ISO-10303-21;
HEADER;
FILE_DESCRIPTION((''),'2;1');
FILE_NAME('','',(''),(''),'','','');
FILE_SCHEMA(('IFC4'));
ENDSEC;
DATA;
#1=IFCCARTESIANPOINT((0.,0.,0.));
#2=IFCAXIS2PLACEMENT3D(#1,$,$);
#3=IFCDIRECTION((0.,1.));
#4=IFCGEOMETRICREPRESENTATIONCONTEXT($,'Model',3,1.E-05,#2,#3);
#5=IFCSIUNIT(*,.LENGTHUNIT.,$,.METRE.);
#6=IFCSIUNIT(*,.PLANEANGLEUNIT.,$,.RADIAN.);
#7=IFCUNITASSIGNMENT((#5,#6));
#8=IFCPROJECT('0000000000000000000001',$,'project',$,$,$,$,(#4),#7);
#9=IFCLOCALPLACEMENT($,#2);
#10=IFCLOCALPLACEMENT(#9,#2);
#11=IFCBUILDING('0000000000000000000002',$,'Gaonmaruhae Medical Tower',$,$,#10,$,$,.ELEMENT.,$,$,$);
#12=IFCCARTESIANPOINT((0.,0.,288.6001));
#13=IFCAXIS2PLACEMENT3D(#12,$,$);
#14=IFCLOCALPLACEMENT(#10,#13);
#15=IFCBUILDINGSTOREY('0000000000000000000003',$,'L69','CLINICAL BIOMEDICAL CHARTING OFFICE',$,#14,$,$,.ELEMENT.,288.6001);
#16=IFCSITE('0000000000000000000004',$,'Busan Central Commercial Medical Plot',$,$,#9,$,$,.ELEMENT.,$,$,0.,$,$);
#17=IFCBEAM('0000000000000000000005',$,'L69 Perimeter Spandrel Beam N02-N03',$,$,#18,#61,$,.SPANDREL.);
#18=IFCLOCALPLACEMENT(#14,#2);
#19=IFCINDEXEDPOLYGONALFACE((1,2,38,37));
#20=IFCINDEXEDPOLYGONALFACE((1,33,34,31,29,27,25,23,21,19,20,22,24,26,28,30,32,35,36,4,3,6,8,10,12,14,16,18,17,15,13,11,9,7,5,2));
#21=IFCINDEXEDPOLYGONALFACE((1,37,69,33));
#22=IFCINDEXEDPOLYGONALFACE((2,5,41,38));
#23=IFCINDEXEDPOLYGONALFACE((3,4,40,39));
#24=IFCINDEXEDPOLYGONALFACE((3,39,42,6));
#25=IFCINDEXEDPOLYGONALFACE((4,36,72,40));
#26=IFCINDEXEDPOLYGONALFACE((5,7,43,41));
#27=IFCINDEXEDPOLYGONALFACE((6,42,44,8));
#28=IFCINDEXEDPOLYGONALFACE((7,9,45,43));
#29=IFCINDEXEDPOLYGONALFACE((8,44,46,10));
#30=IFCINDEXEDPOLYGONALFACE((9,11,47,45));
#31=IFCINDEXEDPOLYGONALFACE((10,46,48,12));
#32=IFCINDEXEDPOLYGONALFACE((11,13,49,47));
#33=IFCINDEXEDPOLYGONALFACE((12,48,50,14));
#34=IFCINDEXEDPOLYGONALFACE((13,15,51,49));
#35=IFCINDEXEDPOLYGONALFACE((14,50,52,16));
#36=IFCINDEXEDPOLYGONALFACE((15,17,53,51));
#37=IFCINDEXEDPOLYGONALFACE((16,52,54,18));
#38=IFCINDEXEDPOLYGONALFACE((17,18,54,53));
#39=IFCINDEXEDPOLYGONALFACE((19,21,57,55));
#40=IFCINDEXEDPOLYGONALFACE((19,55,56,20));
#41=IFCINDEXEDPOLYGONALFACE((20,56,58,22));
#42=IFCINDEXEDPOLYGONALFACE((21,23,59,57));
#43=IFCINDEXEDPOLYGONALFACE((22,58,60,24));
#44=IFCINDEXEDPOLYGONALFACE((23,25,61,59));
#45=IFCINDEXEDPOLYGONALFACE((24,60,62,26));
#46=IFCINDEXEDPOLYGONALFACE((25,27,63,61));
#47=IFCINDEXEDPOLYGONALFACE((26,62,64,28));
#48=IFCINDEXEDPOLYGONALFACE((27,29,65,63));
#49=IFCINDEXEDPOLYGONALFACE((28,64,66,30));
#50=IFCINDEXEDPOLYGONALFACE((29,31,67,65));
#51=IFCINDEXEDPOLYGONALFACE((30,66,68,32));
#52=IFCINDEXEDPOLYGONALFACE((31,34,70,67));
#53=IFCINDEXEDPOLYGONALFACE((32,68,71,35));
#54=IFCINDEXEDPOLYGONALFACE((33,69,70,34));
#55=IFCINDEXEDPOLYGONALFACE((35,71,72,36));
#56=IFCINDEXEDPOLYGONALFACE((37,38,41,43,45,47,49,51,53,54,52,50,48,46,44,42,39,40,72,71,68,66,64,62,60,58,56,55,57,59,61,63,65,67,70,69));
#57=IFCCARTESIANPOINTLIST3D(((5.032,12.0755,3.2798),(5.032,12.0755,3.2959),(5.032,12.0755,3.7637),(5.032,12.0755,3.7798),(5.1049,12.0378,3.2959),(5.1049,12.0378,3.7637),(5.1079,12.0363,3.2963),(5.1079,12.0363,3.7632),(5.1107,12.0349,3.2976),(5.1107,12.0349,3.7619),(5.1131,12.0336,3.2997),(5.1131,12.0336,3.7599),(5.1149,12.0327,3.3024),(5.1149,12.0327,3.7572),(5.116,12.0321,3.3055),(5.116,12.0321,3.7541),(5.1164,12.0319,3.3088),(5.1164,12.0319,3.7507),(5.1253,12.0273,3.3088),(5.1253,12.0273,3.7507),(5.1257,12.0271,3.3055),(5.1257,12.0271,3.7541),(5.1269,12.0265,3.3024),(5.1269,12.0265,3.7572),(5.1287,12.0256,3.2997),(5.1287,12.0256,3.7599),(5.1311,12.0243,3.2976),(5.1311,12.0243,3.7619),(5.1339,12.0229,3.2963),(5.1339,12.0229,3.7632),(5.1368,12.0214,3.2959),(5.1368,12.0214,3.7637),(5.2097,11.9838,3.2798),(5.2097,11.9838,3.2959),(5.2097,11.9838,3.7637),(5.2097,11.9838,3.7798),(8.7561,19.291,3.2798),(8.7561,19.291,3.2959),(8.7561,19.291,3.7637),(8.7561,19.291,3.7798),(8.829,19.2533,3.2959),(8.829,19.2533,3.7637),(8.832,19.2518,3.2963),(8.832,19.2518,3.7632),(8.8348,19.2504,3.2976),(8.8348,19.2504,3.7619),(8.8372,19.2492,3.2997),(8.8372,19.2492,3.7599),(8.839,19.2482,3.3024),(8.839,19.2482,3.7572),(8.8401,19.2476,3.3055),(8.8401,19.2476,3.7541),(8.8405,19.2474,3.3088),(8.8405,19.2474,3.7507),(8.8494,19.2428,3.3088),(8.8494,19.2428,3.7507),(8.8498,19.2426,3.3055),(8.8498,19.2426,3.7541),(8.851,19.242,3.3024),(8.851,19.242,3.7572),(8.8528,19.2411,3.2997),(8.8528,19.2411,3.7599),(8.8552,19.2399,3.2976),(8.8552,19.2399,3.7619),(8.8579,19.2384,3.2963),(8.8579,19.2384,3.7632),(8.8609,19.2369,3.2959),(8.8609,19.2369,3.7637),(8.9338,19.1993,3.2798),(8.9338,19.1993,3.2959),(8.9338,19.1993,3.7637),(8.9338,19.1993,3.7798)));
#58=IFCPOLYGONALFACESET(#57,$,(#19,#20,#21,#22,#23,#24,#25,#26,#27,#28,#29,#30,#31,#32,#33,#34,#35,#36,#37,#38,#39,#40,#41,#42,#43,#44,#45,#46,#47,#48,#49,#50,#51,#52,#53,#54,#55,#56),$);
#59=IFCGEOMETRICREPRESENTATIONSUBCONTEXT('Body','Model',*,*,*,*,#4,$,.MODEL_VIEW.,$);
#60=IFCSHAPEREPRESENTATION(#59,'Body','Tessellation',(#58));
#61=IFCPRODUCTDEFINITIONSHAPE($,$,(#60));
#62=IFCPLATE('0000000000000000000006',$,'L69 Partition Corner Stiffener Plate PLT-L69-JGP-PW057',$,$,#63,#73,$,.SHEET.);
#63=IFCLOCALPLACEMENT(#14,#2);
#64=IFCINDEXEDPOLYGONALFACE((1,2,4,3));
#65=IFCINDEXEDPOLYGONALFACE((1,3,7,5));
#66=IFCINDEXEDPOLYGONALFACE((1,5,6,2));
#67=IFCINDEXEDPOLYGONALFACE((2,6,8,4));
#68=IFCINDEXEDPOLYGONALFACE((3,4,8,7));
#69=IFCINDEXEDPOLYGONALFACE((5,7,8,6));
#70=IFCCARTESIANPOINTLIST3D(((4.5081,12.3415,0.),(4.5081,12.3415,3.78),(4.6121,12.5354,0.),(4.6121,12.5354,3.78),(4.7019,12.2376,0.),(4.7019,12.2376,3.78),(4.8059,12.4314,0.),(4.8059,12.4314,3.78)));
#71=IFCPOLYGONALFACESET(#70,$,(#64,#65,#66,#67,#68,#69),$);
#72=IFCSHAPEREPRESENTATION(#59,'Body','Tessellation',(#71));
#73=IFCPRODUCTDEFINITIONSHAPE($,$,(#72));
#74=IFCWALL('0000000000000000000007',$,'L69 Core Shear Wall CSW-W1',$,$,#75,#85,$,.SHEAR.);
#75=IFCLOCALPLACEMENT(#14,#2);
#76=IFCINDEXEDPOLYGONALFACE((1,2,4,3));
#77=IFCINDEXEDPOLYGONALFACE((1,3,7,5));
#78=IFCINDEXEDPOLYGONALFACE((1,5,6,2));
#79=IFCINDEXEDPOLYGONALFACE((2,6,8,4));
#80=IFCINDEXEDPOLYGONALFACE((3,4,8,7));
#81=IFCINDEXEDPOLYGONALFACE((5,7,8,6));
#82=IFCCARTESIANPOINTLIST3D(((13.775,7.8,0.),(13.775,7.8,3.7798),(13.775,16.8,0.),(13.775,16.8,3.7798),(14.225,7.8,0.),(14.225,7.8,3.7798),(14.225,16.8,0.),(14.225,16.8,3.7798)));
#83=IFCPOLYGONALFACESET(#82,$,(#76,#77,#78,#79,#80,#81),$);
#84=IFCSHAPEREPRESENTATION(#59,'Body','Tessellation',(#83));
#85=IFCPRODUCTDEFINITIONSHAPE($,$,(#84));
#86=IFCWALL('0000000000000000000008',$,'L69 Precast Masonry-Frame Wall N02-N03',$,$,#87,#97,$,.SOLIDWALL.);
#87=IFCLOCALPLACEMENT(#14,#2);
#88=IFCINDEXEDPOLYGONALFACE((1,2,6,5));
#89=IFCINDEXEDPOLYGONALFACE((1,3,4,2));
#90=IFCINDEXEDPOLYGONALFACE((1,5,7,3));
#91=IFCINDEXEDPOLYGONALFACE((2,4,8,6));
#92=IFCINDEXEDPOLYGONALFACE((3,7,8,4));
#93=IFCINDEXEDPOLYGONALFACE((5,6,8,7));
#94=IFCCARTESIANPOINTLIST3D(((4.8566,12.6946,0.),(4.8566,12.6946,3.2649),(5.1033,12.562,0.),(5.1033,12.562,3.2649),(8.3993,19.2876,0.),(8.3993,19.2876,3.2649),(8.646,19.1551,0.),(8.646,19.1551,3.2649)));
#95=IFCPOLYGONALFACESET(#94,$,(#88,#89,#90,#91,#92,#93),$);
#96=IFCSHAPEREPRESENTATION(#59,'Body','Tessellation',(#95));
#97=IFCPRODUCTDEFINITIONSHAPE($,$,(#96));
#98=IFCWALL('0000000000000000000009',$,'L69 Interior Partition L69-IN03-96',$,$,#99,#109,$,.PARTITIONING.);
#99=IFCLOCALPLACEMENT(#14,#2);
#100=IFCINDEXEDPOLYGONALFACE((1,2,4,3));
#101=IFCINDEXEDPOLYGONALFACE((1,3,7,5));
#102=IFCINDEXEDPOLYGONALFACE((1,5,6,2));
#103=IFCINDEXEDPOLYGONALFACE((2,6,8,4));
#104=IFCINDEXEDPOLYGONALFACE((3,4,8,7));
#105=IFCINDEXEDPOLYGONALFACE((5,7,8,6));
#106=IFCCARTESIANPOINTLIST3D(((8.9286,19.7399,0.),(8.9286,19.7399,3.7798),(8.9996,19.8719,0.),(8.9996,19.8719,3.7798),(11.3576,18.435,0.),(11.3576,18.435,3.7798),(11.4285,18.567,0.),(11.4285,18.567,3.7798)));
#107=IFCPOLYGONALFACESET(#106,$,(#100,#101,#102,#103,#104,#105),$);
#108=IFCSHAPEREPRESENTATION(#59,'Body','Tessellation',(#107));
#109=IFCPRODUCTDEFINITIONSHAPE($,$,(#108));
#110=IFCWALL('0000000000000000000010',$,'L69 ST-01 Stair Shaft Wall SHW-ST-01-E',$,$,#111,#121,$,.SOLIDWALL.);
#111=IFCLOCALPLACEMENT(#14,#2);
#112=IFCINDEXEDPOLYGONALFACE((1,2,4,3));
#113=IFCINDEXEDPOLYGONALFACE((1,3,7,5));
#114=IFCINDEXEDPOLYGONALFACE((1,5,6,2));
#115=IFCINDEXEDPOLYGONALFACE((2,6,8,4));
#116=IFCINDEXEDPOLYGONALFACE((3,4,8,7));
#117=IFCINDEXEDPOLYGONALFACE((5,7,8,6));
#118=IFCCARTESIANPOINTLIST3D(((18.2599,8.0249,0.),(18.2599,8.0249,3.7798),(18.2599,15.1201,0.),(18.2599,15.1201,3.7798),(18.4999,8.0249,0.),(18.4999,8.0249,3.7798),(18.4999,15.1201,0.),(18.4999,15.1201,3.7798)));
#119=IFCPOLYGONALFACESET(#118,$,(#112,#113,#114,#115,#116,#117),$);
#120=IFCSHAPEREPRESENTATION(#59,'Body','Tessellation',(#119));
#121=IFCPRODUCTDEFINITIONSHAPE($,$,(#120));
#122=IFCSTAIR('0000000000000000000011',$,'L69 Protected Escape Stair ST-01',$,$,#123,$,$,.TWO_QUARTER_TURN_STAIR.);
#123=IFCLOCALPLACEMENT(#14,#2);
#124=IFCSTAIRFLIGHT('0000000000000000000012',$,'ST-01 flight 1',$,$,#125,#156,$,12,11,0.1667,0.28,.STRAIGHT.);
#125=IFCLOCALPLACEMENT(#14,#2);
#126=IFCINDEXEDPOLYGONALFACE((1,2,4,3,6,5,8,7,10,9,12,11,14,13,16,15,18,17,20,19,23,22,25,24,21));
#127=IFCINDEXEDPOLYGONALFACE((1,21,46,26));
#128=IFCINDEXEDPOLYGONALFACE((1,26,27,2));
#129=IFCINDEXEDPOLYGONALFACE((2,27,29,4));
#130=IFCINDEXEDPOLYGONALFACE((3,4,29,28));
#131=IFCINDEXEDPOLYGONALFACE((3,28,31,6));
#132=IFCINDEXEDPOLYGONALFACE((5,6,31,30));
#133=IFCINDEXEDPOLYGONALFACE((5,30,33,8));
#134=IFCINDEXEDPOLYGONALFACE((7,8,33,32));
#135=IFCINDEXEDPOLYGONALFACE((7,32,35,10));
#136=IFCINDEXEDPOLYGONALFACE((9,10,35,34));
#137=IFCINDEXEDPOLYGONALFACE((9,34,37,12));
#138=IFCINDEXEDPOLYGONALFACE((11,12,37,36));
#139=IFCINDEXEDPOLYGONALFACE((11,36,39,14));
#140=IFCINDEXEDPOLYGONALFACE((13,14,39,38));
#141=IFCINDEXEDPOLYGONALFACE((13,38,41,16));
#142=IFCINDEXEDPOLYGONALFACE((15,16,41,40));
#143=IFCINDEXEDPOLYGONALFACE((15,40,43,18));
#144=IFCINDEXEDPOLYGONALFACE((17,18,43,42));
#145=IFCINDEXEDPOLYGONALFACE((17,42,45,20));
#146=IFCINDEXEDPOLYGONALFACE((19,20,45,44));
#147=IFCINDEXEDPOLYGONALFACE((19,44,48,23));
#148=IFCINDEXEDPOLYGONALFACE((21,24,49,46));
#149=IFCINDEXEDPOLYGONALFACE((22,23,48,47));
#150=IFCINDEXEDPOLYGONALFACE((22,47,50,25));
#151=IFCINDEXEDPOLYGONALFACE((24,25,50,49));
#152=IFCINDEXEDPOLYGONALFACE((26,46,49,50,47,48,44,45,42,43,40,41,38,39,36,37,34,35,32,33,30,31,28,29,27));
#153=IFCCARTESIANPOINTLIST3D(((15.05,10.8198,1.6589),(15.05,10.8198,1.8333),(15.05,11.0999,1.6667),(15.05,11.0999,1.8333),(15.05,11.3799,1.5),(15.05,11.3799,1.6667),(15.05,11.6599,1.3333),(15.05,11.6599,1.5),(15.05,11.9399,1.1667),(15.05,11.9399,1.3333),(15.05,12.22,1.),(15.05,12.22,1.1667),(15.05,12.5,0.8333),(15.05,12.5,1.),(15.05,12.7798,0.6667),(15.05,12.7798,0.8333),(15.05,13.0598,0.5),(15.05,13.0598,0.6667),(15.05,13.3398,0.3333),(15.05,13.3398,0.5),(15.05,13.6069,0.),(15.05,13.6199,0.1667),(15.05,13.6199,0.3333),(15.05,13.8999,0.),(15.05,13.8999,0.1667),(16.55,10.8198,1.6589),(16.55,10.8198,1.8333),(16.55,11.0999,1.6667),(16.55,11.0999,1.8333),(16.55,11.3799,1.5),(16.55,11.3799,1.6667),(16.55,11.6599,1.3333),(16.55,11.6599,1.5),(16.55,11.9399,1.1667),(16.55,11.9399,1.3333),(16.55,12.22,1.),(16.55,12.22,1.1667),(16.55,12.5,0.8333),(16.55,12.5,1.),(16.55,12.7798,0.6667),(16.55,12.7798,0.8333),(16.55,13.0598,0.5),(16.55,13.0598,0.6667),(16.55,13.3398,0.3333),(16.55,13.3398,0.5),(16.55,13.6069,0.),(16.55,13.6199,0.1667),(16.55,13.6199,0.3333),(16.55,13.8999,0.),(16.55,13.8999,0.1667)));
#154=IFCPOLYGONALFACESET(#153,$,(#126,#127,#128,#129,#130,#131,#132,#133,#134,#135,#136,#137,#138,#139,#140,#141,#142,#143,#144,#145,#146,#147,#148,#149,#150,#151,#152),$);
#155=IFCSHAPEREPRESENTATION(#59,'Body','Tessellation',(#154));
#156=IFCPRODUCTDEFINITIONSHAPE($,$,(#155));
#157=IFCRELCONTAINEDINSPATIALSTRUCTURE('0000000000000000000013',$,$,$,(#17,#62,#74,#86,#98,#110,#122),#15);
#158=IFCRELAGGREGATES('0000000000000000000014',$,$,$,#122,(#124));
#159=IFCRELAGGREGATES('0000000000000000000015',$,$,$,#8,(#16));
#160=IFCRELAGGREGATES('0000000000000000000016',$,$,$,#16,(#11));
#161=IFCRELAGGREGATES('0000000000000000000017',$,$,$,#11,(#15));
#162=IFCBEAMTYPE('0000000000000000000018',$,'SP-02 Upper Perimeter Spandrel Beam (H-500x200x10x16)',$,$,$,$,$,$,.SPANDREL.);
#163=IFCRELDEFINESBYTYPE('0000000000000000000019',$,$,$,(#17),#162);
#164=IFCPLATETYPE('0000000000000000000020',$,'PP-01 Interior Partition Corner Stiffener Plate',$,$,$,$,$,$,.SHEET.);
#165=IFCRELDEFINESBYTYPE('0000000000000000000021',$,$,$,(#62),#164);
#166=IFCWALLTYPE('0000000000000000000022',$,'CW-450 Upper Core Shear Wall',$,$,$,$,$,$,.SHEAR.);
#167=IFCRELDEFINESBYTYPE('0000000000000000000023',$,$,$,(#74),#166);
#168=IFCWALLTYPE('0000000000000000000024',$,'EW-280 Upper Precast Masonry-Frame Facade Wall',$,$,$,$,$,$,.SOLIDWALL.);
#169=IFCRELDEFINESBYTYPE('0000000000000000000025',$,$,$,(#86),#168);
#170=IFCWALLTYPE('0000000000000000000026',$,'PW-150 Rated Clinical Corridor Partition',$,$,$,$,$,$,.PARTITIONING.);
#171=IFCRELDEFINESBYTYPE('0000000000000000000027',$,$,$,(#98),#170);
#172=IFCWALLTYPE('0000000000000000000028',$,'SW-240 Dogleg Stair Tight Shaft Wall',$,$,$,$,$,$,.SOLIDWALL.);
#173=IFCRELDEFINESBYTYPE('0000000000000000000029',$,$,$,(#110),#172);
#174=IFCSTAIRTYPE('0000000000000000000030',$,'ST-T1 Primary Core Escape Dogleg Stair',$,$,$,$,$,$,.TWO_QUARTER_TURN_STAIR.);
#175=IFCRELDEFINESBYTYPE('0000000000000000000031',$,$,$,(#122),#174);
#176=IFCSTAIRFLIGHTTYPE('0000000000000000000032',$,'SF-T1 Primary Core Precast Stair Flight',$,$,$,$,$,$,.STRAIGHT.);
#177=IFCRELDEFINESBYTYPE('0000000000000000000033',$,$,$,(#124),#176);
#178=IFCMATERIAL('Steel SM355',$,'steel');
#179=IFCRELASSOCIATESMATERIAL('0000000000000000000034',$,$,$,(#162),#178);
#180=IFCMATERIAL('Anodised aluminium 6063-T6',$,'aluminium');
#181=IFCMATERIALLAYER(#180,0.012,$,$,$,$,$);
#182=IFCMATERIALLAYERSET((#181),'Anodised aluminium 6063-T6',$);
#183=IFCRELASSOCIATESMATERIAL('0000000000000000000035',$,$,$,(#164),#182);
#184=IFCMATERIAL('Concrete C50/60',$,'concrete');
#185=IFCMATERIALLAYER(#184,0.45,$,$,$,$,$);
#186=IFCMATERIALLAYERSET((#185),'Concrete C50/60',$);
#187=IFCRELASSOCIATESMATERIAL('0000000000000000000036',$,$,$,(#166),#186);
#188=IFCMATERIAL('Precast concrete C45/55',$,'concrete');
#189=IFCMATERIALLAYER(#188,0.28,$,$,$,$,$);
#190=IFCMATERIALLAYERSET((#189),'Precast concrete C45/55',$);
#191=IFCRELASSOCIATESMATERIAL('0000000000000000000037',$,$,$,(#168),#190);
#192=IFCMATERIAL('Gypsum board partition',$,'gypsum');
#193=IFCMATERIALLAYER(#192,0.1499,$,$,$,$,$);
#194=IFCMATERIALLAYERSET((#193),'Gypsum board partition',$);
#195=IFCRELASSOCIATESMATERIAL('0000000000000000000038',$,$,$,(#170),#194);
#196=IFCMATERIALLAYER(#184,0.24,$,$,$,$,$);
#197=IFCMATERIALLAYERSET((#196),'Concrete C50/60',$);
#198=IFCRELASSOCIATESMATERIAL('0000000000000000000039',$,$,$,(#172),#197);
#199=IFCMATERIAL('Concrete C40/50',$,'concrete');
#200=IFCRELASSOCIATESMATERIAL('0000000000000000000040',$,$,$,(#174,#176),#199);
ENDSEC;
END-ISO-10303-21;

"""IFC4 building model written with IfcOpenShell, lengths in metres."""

from ifc_helpers import new_model, si_unit, direction, frame, frame_2d, origin, origin_2d, place, context, subcontext, project, spatial, polyline, rectangle, i_section, outline, extrude, material, layer, layer_set, material_profile, profile_set, type_object, element, aggregate, save


model = new_model("IFC4")

# Units and contexts
model_context = context("Model", 3, precision=1e-05, world=origin(), true_north=direction((0.0, 1.0)))
body_context = subcontext(model_context, "Body", "Model", "MODEL_VIEW")
ifc_project = project(units=[si_unit("LENGTHUNIT", "METRE"), si_unit("PLANEANGLEUNIT", "RADIAN")], contexts=[model_context])

# Site, building, storey
site_placement = place(None, origin())
site = spatial("IfcSite", under=ifc_project, at=site_placement, Name="Busan Central Commercial Medical Plot", CompositionType="ELEMENT", RefElevation=0.0)
building_placement = place(site_placement, origin())
building = spatial("IfcBuilding", under=site, at=building_placement, Name="Gaonmaruhae Medical Tower", CompositionType="ELEMENT")
storey_placement = place(building_placement, frame((0.0, 0.0, 288.6001)))
storey = spatial("IfcBuildingStorey", under=building, at=storey_placement, Name="L69", Description="CLINICAL BIOMEDICAL CHARTING OFFICE", CompositionType="ELEMENT", Elevation=288.6001)

# Shared definitions
ifc_material_1 = material(Name="Concrete C50/60", Category="concrete")

# Beam
ifc_material_2 = material(Name="Steel SM355", Category="steel")
ifc_material_profile_1 = material_profile(ifc_material_2, i_section(OverallWidth=0.2, OverallDepth=0.5, WebThickness=0.01, FlangeThickness=0.0161, FilletRadius=0.0129, at=origin_2d()), Name="H-500x200x10x16")
ifc_profile_set_1 = profile_set([ifc_material_profile_1], Name="Steel SM355")
beam_type_1 = type_object("IfcBeamType", Name="SP-02 Upper Perimeter Spandrel Beam (H-500x200x10x16)", PredefinedType="SPANDREL", material=ifc_profile_set_1)
beam_1_placement = place(storey_placement, frame((8.845, 19.2451, 3.5298), z_axis=(-0.458638, -0.888623, 0.0), x_axis=(0.888623, -0.458638, 0.0)))
element("IfcBeam", 1, at=beam_1_placement, inside=storey, type_object=beam_type_1, Name="L69 Perimeter Spandrel Beam N02-N03", PredefinedType="SPANDREL", context=body_context, shape_type="SweptSolid", body=[
    extrude(i_section(OverallWidth=0.2, OverallDepth=0.5, WebThickness=0.01, FlangeThickness=0.0161, FilletRadius=0.0129, at=origin_2d()), origin(), (0.0, 0.0, 1.0), 8.1199),
])

# Plate
ifc_material_3 = material(Name="Anodised aluminium 6063-T6", Category="aluminium")
ifc_layer_1 = layer(ifc_material_3, 0.012)
ifc_layer_set_1 = layer_set([ifc_layer_1], Name="Anodised aluminium 6063-T6")
plate_type = type_object("IfcPlateType", Name="PP-01 Interior Partition Corner Stiffener Plate", PredefinedType="SHEET", material=ifc_layer_set_1)
plate_placement = place(storey_placement, frame((4.657, 12.3865, 0.0), z_axis=(0.0, 0.0, 1.0), x_axis=(0.47272, 0.881213, 0.0)))
element("IfcPlate", 2, at=plate_placement, inside=storey, type_object=plate_type, Name="L69 Partition Corner Stiffener Plate PLT-L69-JGP-PW057", PredefinedType="SHEET", context=body_context, shape_type="SweptSolid", body=[
    extrude(rectangle(XDim=0.22, YDim=0.22, at=origin_2d()), origin(), (0.0, 0.0, 1.0), 3.78),
])

# Walls
ifc_layer_2 = layer(ifc_material_1, 0.45)
ifc_layer_set_2 = layer_set([ifc_layer_2], Name="Concrete C50/60")
wall_type_1 = type_object("IfcWallType", Name="CW-450 Upper Core Shear Wall", PredefinedType="SHEAR", material=ifc_layer_set_2)
wall_1_placement = place(storey_placement, frame((14.0, 16.8, 0.0), z_axis=(0.0, 0.0, 1.0), x_axis=(0.0, -1.0, 0.0)))
element("IfcWall", 3, at=wall_1_placement, inside=storey, type_object=wall_type_1, Name="L69 Core Shear Wall CSW-W1", PredefinedType="SHEAR", context=body_context, shape_type="SweptSolid", body=[
    extrude(rectangle(XDim=9.0, YDim=0.45, at=frame_2d((4.5, 0.0))), origin(), (0.0, 0.0, 1.0), 3.7798),
])
ifc_material_4 = material(Name="Precast concrete C45/55", Category="concrete")
ifc_layer_3 = layer(ifc_material_4, 0.28)
ifc_layer_set_3 = layer_set([ifc_layer_3], Name="Precast concrete C45/55")
wall_type_2 = type_object("IfcWallType", Name="EW-280 Upper Precast Masonry-Frame Facade Wall", PredefinedType="SOLIDWALL", material=ifc_layer_set_3)
wall_2_placement = place(storey_placement, frame((4.98, 12.6284, 0.0), z_axis=(0.0, 0.0, 1.0), x_axis=(0.473337, 0.880881, 0.0)))
element("IfcWall", 4, at=wall_2_placement, inside=storey, type_object=wall_type_2, Name="L69 Precast Masonry-Frame Wall N02-N03", PredefinedType="SOLIDWALL", context=body_context, shape_type="SweptSolid", body=[
    extrude(rectangle(XDim=7.4846, YDim=0.28, at=frame_2d((3.7422, 0.0))), origin(), (0.0, 0.0, 1.0), 3.2649),
])

# Shared definitions
ifc_material_5 = material(Name="Gypsum board partition", Category="gypsum")
ifc_layer_4 = layer(ifc_material_5, 0.1499)
ifc_layer_set_4 = layer_set([ifc_layer_4], Name="Gypsum board partition")
wall_type_3 = type_object("IfcWallType", Name="PW-150 Rated Clinical Corridor Partition", PredefinedType="PARTITIONING", material=ifc_layer_set_4)

# Wall
wall_3_placement = place(storey_placement, frame((11.3931, 18.501, 0.0), z_axis=(0.0, 0.0, 1.0), x_axis=(-0.88092, 0.473265, 0.0)))
element("IfcWall", 5, at=wall_3_placement, inside=storey, type_object=wall_type_3, Name="L69 Interior Partition L69-IN03-96", PredefinedType="PARTITIONING", context=body_context, shape_type="SweptSolid", body=[
    extrude(rectangle(XDim=2.7573, YDim=0.1499, at=frame_2d((1.3787, 0.0))), origin(), (0.0, 0.0, 1.0), 3.7798),
])

# Shared definitions
ifc_layer_5 = layer(ifc_material_1, 0.24)
ifc_layer_set_5 = layer_set([ifc_layer_5], Name="Concrete C50/60")
wall_type_4 = type_object("IfcWallType", Name="SW-240 Dogleg Stair Tight Shaft Wall", PredefinedType="SOLIDWALL", material=ifc_layer_set_5)

# Wall
wall_4_placement = place(storey_placement, frame((18.3799, 15.1201, 0.0), z_axis=(0.0, 0.0, 1.0), x_axis=(0.0, -1.0, 0.0)))
element("IfcWall", 6, at=wall_4_placement, inside=storey, type_object=wall_type_4, Name="L69 ST-01 Stair Shaft Wall SHW-ST-01-E", PredefinedType="SOLIDWALL", context=body_context, shape_type="SweptSolid", body=[
    extrude(rectangle(XDim=7.0952, YDim=0.24, at=frame_2d((3.5476, 0.0))), origin(), (0.0, 0.0, 1.0), 3.7798),
])

# Stair, stair flight
ifc_material_6 = material(Name="Concrete C40/50", Category="concrete")
stair_type = type_object("IfcStairType", Name="ST-T1 Primary Core Escape Dogleg Stair", PredefinedType="TWO_QUARTER_TURN_STAIR", material=ifc_material_6)
stair_placement = place(storey_placement, origin())
stair = element("IfcStair", 7, at=stair_placement, inside=storey, type_object=stair_type, Name="L69 Protected Escape Stair ST-01", PredefinedType="TWO_QUARTER_TURN_STAIR")
stair_flight_type = type_object("IfcStairFlightType", Name="SF-T1 Primary Core Precast Stair Flight", PredefinedType="STRAIGHT", material=ifc_material_6)
stair_flight_placement = place(storey_placement, frame((15.8, 13.8999, 0.0), z_axis=(0.0, 0.0, 1.0), x_axis=(0.0, -1.0, 0.0)))
stair_flight = element("IfcStairFlight", 8, at=stair_flight_placement, type_object=stair_flight_type, Name="ST-01 flight 1", NumberOfRisers=12, NumberOfTreads=11, PredefinedType="STRAIGHT", RiserHeight=0.1667, TreadLength=0.28, context=body_context, shape_type="SweptSolid", body=[
    extrude(outline(polyline([(0.0, 0.0), (0.0, 0.1667), (0.28, 0.1667), (0.28, 0.3333), (0.5601, 0.3333), (0.5601, 0.5), (0.8401, 0.5), (0.8401, 0.6667), (1.1201, 0.6667), (1.1201, 0.8333), (1.3999, 0.8333), (1.3999, 1.0), (1.6799, 1.0), (1.6799, 1.1667), (1.96, 1.1667), (1.96, 1.3333), (2.24, 1.3333), (2.24, 1.5), (2.52, 1.5), (2.52, 1.6667), (2.8, 1.6667), (2.8, 1.8333), (3.0801, 1.8333), (3.0801, 2.0), (3.0801, 1.6589), (0.293, 0.0), (0.0, 0.0)])), frame((0.0, 0.75, 0.0), z_axis=(0.0, -1.0, 0.0), x_axis=(1.0, 0.0, 0.0)), (0.0, 0.0, 1.0), 1.5),
])
aggregate(stair, [stair_flight])

save(model, "model.ifc")
